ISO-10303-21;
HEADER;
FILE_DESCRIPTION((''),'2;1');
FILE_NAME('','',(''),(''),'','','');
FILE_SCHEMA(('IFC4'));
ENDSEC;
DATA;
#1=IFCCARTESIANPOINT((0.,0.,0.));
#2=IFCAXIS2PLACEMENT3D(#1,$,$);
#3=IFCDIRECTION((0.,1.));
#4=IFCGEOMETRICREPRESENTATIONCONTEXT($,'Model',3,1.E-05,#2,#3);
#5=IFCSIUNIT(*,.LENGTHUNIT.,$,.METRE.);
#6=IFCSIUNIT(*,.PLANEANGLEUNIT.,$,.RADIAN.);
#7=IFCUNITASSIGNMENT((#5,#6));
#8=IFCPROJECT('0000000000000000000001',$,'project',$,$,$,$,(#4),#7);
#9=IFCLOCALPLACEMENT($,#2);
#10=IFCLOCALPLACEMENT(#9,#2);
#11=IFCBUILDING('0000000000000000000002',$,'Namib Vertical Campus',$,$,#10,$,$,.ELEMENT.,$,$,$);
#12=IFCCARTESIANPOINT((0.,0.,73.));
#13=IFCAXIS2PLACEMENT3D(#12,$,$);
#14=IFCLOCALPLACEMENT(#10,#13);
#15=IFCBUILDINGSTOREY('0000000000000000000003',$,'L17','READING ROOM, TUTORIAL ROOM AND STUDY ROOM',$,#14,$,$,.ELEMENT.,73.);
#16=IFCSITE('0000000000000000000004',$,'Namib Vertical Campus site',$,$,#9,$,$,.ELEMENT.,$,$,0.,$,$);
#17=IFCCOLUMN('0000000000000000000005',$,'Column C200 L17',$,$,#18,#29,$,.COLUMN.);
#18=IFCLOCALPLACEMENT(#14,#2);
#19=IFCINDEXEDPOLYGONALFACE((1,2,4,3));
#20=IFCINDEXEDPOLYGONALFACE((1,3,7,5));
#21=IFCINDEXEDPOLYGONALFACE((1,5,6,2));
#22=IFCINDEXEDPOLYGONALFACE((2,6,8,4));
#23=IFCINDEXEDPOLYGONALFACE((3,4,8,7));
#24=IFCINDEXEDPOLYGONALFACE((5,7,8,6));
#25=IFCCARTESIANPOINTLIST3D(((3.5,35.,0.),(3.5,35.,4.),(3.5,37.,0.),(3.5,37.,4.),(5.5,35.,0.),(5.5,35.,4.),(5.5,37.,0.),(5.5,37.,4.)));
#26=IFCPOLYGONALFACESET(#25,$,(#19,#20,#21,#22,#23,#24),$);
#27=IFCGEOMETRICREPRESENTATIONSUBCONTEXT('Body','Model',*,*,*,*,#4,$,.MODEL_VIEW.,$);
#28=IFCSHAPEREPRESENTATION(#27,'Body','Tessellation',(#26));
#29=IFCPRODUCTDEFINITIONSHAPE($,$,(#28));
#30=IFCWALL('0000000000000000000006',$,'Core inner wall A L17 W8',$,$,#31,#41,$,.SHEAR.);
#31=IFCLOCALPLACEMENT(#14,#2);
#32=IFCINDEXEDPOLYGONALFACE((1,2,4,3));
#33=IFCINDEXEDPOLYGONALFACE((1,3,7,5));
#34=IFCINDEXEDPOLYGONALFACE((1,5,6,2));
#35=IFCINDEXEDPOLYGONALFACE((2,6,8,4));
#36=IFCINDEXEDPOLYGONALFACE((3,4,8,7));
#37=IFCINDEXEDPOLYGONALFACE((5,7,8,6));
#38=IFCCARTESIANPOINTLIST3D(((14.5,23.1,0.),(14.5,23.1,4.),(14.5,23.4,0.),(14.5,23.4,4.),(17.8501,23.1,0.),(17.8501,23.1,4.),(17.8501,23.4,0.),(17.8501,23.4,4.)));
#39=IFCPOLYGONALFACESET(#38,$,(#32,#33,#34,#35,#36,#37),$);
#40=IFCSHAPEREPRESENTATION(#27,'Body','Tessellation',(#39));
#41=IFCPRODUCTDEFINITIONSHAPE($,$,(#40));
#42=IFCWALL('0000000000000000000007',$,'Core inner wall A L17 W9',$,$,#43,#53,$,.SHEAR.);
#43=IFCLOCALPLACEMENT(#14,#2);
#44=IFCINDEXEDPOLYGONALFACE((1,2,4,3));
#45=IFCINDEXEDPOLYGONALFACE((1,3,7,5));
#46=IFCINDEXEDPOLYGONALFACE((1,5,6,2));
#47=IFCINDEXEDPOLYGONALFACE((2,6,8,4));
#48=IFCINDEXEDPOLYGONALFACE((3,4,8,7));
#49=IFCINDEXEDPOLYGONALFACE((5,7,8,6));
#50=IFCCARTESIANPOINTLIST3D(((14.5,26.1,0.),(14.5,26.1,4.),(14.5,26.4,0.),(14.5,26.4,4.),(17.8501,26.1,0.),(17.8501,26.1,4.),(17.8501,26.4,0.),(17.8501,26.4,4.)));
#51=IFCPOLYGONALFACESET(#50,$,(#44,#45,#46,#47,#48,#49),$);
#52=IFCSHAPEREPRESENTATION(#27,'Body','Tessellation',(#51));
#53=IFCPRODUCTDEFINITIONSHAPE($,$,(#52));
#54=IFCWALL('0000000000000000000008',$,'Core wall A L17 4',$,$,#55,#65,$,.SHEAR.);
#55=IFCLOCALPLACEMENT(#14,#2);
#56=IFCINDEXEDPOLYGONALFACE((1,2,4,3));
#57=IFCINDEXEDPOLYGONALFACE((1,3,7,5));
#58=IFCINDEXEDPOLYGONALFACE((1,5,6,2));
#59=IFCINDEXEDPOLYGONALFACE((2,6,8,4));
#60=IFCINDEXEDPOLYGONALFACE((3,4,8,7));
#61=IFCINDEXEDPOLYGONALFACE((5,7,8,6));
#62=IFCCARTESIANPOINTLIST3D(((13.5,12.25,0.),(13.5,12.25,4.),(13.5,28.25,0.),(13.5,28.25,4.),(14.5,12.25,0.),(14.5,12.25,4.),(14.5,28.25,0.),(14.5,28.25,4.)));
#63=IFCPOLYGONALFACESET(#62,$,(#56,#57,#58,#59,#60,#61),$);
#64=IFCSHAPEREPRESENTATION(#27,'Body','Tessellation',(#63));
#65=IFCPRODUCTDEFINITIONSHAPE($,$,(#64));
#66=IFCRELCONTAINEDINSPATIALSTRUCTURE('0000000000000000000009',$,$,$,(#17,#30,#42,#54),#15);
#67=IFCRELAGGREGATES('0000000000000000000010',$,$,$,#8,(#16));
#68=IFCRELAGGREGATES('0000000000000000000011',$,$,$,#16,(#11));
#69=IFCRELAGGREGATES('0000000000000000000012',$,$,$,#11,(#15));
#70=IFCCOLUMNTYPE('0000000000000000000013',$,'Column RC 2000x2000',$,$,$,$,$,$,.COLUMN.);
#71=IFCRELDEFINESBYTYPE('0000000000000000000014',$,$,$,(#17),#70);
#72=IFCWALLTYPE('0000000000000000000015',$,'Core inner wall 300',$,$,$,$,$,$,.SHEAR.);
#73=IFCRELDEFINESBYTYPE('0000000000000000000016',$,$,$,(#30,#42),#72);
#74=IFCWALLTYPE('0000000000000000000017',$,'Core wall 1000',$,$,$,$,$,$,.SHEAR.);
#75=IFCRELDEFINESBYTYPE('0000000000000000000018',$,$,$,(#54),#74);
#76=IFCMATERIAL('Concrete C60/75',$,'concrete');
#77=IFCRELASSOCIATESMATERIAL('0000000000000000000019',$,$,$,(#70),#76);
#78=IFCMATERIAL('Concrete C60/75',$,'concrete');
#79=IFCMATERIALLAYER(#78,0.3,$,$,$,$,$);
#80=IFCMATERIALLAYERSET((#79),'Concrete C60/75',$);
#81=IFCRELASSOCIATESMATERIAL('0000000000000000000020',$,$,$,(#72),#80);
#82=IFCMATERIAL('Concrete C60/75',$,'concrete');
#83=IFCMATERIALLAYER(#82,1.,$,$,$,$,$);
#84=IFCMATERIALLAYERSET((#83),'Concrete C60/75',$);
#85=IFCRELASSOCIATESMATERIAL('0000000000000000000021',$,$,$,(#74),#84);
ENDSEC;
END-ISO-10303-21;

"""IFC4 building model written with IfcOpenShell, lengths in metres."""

from ifc_helpers import new_model, si_unit, direction, frame, frame_2d, origin, origin_2d, place, context, subcontext, project, spatial, rectangle, extrude, material, layer, layer_set, material_profile, profile_set, type_object, element, save


model = new_model("IFC4")

# Units and contexts
model_context = context("Model", 3, precision=1e-05, world=origin(), true_north=direction((0.0, 1.0)))
body_context = subcontext(model_context, "Body", "Model", "MODEL_VIEW")
ifc_project = project(units=[si_unit("LENGTHUNIT", "METRE"), si_unit("PLANEANGLEUNIT", "RADIAN")], contexts=[model_context])

# Site, building, storey
site_placement = place(None, origin())
site = spatial("IfcSite", under=ifc_project, at=site_placement, Name="Namib Vertical Campus site", CompositionType="ELEMENT", RefElevation=0.0)
building_placement = place(site_placement, origin())
building = spatial("IfcBuilding", under=site, at=building_placement, Name="Namib Vertical Campus", CompositionType="ELEMENT")
storey_placement = place(building_placement, frame((0.0, 0.0, 73.0)))
storey = spatial("IfcBuildingStorey", under=building, at=storey_placement, Name="L17", Description="READING ROOM, TUTORIAL ROOM AND STUDY ROOM", CompositionType="ELEMENT", Elevation=73.0)

# Column
ifc_material_1 = material(Name="Concrete C60/75", Category="concrete")
ifc_material_profile = material_profile(ifc_material_1, rectangle(XDim=2.0, YDim=2.0, at=origin_2d()))
ifc_profile_set = profile_set([ifc_material_profile], Name="Concrete C60/75")
column_type = type_object("IfcColumnType", Name="Column RC 2000x2000", PredefinedType="COLUMN", material=ifc_profile_set)
column_placement = place(storey_placement, frame((4.5, 36.0, 0.0), z_axis=(0.0, 0.0, 1.0), x_axis=(1.0, 0.0, 0.0)))
element("IfcColumn", 1, at=column_placement, inside=storey, type_object=column_type, Name="Column C200 L17", PredefinedType="COLUMN", context=body_context, shape_type="SweptSolid", body=[
    extrude(rectangle(XDim=2.0, YDim=2.0, at=origin_2d()), origin(), (0.0, 0.0, 1.0), 4.0),
])

# Walls
ifc_material_2 = material(Name="Concrete C60/75", Category="concrete")
ifc_layer_1 = layer(ifc_material_2, 0.3)
ifc_layer_set_1 = layer_set([ifc_layer_1], Name="Concrete C60/75")
wall_type_1 = type_object("IfcWallType", Name="Core inner wall 300", PredefinedType="SHEAR", material=ifc_layer_set_1)
for number, where, z_axis, x_axis, name in (
    (2, (14.5, 23.25, 0.0), (0.0, 0.0, 1.0), (1.0, 0.0, 0.0), "Core inner wall A L17 W8"),
    (3, (14.5, 26.25, 0.0), (0.0, 0.0, 1.0), (1.0, 0.0, 0.0), "Core inner wall A L17 W9"),
):
    element("IfcWall", number, at=place(storey_placement, frame(where, z_axis=z_axis, x_axis=x_axis)), inside=storey, type_object=wall_type_1, Name=name, PredefinedType="SHEAR", context=body_context, shape_type="SweptSolid", body=[
        extrude(rectangle(XDim=3.3501, YDim=0.3, at=frame_2d((1.675, 0.0))), origin(), (0.0, 0.0, 1.0), 4.0),
    ])
ifc_material_3 = material(Name="Concrete C60/75", Category="concrete")
ifc_layer_2 = layer(ifc_material_3, 1.0)
ifc_layer_set_2 = layer_set([ifc_layer_2], Name="Concrete C60/75")
wall_type_2 = type_object("IfcWallType", Name="Core wall 1000", PredefinedType="SHEAR", material=ifc_layer_set_2)
wall_1_placement = place(storey_placement, frame((14.0, 28.25, 0.0), z_axis=(0.0, 0.0, 1.0), x_axis=(0.0, -1.0, 0.0)))
element("IfcWall", 4, at=wall_1_placement, inside=storey, type_object=wall_type_2, Name="Core wall A L17 4", PredefinedType="SHEAR", context=body_context, shape_type="SweptSolid", body=[
    extrude(rectangle(XDim=16.0, YDim=1.0, at=frame_2d((8.0, 0.0))), origin(), (0.0, 0.0, 1.0), 4.0),
])

save(model, "model.ifc")
